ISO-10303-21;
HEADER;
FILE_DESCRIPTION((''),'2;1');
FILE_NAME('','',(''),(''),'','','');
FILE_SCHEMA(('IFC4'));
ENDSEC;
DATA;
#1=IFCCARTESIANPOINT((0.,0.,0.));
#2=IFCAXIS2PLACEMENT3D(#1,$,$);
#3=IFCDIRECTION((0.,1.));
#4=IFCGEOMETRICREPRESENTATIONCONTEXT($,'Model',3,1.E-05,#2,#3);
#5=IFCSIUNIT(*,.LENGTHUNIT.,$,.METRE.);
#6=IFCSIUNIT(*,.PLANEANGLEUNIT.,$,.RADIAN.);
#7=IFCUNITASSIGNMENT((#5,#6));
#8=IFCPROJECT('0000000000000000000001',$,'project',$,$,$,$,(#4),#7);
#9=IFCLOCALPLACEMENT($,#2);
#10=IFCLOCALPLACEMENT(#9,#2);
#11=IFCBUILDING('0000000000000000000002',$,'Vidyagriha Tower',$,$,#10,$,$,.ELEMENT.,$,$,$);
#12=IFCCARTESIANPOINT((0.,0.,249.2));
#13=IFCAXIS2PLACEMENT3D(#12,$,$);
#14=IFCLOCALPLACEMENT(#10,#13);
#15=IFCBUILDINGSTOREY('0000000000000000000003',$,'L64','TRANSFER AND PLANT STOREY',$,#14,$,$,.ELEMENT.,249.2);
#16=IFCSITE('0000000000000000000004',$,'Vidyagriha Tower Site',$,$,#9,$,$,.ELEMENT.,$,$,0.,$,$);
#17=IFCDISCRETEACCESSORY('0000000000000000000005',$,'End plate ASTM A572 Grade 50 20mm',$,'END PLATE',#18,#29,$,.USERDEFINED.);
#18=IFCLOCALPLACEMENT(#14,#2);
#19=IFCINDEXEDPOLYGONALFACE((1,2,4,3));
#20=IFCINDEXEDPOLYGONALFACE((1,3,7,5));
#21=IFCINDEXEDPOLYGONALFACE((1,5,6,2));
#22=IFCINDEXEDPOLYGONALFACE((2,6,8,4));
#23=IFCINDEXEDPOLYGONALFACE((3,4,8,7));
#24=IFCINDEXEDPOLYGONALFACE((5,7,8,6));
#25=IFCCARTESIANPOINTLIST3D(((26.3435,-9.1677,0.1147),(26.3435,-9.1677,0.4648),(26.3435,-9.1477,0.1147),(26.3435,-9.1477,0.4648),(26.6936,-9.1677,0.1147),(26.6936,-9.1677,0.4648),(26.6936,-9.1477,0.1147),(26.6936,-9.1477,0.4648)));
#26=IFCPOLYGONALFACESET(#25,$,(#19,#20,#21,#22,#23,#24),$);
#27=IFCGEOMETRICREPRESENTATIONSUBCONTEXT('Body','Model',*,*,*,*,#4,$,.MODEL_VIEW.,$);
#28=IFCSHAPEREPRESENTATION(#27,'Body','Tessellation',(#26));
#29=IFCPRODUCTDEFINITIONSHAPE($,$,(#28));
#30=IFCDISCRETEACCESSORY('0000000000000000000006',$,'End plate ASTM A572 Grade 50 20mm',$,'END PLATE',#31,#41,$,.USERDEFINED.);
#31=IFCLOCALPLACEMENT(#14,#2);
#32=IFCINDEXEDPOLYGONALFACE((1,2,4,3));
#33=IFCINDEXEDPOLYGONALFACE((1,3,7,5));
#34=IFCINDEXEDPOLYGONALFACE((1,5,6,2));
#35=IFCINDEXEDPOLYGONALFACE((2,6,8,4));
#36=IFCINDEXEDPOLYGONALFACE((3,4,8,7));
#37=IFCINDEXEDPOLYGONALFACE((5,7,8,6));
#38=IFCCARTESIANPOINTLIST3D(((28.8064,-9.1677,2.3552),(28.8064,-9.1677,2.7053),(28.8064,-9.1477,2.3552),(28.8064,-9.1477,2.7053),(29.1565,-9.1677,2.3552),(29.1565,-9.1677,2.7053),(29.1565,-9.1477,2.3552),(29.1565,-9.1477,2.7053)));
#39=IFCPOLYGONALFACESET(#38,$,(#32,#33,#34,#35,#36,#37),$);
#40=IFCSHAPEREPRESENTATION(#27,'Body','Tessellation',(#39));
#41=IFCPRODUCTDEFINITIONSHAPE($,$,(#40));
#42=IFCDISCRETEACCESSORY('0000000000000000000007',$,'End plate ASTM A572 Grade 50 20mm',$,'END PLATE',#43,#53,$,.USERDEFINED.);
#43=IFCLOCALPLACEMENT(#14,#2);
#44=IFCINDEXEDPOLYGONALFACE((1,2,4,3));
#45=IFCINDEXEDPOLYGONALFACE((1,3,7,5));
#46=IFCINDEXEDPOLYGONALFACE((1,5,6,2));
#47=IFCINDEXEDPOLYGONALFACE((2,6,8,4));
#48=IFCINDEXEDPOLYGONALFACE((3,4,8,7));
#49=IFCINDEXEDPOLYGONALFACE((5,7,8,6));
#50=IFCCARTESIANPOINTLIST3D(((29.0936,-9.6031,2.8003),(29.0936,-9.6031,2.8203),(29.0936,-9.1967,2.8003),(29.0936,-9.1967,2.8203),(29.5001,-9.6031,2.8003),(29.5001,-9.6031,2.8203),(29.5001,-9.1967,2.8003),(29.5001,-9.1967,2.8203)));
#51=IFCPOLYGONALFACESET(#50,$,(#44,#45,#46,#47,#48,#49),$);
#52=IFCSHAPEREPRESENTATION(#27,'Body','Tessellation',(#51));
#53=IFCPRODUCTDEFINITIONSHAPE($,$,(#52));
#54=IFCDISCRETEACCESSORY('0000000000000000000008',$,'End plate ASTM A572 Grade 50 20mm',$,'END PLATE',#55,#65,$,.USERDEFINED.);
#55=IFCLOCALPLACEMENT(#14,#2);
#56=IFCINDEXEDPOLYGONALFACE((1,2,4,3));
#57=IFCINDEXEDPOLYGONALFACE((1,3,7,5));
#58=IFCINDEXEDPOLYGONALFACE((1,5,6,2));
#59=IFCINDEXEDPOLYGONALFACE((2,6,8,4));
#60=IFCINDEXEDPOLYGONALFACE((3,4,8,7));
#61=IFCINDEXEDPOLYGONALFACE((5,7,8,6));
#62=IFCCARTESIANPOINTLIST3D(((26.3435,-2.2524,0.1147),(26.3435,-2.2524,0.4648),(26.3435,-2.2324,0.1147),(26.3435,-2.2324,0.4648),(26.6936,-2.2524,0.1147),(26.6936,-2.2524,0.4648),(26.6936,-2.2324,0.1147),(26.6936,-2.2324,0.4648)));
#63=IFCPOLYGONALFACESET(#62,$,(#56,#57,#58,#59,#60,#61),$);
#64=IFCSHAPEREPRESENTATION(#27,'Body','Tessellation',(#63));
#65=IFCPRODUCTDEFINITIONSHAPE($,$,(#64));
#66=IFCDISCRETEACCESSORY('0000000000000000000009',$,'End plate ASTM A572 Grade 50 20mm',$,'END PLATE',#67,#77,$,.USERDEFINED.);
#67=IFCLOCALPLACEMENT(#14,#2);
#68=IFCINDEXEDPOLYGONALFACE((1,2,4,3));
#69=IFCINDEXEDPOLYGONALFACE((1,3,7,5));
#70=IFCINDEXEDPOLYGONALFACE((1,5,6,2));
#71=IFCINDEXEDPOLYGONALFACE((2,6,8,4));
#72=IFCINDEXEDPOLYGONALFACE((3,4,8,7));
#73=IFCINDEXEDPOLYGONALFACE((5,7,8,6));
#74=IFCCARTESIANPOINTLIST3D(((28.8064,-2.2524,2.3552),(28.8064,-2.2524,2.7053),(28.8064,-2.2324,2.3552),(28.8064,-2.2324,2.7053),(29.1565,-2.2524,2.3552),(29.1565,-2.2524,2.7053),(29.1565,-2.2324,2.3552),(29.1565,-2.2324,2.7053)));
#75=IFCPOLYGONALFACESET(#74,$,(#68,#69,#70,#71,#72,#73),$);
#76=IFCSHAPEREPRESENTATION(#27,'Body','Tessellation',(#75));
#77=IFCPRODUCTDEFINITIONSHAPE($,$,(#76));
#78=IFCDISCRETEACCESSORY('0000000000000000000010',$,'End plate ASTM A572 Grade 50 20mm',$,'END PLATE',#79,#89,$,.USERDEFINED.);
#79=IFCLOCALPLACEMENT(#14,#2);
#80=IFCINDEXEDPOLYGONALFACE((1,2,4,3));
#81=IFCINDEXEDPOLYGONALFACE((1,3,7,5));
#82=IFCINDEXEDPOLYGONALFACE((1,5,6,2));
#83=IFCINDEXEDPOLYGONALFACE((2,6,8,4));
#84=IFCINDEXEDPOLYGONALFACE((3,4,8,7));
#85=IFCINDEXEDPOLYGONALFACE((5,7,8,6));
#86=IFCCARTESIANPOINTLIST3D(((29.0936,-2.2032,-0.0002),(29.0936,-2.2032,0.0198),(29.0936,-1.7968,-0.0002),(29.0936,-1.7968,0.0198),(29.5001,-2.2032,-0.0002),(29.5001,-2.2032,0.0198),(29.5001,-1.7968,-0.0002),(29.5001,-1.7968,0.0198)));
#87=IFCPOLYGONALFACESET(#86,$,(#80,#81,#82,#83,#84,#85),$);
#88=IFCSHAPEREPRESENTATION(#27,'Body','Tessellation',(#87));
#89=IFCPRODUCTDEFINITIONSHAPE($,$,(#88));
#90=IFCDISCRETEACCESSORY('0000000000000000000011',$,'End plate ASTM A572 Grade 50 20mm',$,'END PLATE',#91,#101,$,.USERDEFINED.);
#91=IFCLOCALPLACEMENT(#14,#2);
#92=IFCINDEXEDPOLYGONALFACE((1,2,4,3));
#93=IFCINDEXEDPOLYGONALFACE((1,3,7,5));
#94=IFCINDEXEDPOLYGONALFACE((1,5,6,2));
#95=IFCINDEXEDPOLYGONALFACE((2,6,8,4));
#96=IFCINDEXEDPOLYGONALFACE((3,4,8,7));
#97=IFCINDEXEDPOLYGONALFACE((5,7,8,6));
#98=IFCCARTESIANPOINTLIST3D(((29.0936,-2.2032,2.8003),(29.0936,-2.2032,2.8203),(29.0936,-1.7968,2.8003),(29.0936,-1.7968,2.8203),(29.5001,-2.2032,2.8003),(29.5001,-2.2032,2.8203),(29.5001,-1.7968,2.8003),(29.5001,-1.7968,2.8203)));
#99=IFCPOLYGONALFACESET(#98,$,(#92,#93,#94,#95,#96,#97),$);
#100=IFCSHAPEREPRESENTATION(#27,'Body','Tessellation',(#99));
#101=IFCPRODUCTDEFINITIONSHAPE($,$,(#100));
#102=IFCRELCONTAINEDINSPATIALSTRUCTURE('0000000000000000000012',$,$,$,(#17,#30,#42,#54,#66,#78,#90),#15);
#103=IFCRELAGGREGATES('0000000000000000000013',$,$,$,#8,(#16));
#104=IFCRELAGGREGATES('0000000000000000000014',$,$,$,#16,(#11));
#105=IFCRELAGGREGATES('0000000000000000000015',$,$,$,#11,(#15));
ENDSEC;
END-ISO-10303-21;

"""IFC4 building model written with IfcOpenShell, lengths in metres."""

from ifc_helpers import new_model, si_unit, direction, frame, origin, origin_2d, place, context, subcontext, project, spatial, rectangle, extrude, element, save


model = new_model("IFC4")

# Units and contexts
model_context = context("Model", 3, precision=1e-05, world=origin(), true_north=direction((0.0, 1.0)))
body_context = subcontext(model_context, "Body", "Model", "MODEL_VIEW")
ifc_project = project(units=[si_unit("LENGTHUNIT", "METRE"), si_unit("PLANEANGLEUNIT", "RADIAN")], contexts=[model_context])

# Site, building, storey
site_placement = place(None, origin())
site = spatial("IfcSite", under=ifc_project, at=site_placement, Name="Vidyagriha Tower Site", CompositionType="ELEMENT", RefElevation=0.0)
building_placement = place(site_placement, origin())
building = spatial("IfcBuilding", under=site, at=building_placement, Name="Vidyagriha Tower", CompositionType="ELEMENT")
storey_placement = place(building_placement, frame((0.0, 0.0, 249.2)))
storey = spatial("IfcBuildingStorey", under=building, at=storey_placement, Name="L64", Description="TRANSFER AND PLANT STOREY", CompositionType="ELEMENT", Elevation=249.2)

# Discrete accessories
discrete_accessory_1_placement = place(storey_placement, frame((26.5186, -9.1577, 0.1147), z_axis=(0.0, 0.0, 1.0), x_axis=(-1.0, 0.0, 0.0)))
element("IfcDiscreteAccessory", 1, at=discrete_accessory_1_placement, inside=storey, Name="End plate ASTM A572 Grade 50 20mm", ObjectType="END PLATE", PredefinedType="USERDEFINED", context=body_context, shape_type="SweptSolid", body=[
    extrude(rectangle(XDim=0.3501, YDim=0.02, at=origin_2d()), origin(), (0.0, 0.0, 1.0), 0.3501),
])
discrete_accessory_2_placement = place(storey_placement, frame((28.9814, -9.1577, 2.3552)))
element("IfcDiscreteAccessory", 2, at=discrete_accessory_2_placement, inside=storey, Name="End plate ASTM A572 Grade 50 20mm", ObjectType="END PLATE", PredefinedType="USERDEFINED", context=body_context, shape_type="SweptSolid", body=[
    extrude(rectangle(XDim=0.3501, YDim=0.02, at=origin_2d()), origin(), (0.0, 0.0, 1.0), 0.3501),
])
discrete_accessory_3_placement = place(storey_placement, frame((29.2969, -9.3999, 2.8003)))
element("IfcDiscreteAccessory", 3, at=discrete_accessory_3_placement, inside=storey, Name="End plate ASTM A572 Grade 50 20mm", ObjectType="END PLATE", PredefinedType="USERDEFINED", context=body_context, shape_type="SweptSolid", body=[
    extrude(rectangle(XDim=0.4065, YDim=0.4065, at=origin_2d()), origin(), (0.0, 0.0, 1.0), 0.02),
])
discrete_accessory_4_placement = place(storey_placement, frame((26.5186, -2.2424, 0.1147), z_axis=(0.0, 0.0, 1.0), x_axis=(-1.0, 0.0, 0.0)))
element("IfcDiscreteAccessory", 4, at=discrete_accessory_4_placement, inside=storey, Name="End plate ASTM A572 Grade 50 20mm", ObjectType="END PLATE", PredefinedType="USERDEFINED", context=body_context, shape_type="SweptSolid", body=[
    extrude(rectangle(XDim=0.3501, YDim=0.02, at=origin_2d()), origin(), (0.0, 0.0, 1.0), 0.3501),
])
discrete_accessory_5_placement = place(storey_placement, frame((28.9814, -2.2424, 2.3552)))
element("IfcDiscreteAccessory", 5, at=discrete_accessory_5_placement, inside=storey, Name="End plate ASTM A572 Grade 50 20mm", ObjectType="END PLATE", PredefinedType="USERDEFINED", context=body_context, shape_type="SweptSolid", body=[
    extrude(rectangle(XDim=0.3501, YDim=0.02, at=origin_2d()), origin(), (0.0, 0.0, 1.0), 0.3501),
])
for number, where, name in (
    (6, (29.2969, -2.0, -0.0002), "End plate ASTM A572 Grade 50 20mm"),
    (7, (29.2969, -2.0, 2.8003), "End plate ASTM A572 Grade 50 20mm"),
):
    element("IfcDiscreteAccessory", number, at=place(storey_placement, frame(where)), inside=storey, Name=name, ObjectType="END PLATE", PredefinedType="USERDEFINED", context=body_context, shape_type="SweptSolid", body=[
        extrude(rectangle(XDim=0.4065, YDim=0.4065, at=origin_2d()), origin(), (0.0, 0.0, 1.0), 0.02),
    ])

save(model, "model.ifc")
